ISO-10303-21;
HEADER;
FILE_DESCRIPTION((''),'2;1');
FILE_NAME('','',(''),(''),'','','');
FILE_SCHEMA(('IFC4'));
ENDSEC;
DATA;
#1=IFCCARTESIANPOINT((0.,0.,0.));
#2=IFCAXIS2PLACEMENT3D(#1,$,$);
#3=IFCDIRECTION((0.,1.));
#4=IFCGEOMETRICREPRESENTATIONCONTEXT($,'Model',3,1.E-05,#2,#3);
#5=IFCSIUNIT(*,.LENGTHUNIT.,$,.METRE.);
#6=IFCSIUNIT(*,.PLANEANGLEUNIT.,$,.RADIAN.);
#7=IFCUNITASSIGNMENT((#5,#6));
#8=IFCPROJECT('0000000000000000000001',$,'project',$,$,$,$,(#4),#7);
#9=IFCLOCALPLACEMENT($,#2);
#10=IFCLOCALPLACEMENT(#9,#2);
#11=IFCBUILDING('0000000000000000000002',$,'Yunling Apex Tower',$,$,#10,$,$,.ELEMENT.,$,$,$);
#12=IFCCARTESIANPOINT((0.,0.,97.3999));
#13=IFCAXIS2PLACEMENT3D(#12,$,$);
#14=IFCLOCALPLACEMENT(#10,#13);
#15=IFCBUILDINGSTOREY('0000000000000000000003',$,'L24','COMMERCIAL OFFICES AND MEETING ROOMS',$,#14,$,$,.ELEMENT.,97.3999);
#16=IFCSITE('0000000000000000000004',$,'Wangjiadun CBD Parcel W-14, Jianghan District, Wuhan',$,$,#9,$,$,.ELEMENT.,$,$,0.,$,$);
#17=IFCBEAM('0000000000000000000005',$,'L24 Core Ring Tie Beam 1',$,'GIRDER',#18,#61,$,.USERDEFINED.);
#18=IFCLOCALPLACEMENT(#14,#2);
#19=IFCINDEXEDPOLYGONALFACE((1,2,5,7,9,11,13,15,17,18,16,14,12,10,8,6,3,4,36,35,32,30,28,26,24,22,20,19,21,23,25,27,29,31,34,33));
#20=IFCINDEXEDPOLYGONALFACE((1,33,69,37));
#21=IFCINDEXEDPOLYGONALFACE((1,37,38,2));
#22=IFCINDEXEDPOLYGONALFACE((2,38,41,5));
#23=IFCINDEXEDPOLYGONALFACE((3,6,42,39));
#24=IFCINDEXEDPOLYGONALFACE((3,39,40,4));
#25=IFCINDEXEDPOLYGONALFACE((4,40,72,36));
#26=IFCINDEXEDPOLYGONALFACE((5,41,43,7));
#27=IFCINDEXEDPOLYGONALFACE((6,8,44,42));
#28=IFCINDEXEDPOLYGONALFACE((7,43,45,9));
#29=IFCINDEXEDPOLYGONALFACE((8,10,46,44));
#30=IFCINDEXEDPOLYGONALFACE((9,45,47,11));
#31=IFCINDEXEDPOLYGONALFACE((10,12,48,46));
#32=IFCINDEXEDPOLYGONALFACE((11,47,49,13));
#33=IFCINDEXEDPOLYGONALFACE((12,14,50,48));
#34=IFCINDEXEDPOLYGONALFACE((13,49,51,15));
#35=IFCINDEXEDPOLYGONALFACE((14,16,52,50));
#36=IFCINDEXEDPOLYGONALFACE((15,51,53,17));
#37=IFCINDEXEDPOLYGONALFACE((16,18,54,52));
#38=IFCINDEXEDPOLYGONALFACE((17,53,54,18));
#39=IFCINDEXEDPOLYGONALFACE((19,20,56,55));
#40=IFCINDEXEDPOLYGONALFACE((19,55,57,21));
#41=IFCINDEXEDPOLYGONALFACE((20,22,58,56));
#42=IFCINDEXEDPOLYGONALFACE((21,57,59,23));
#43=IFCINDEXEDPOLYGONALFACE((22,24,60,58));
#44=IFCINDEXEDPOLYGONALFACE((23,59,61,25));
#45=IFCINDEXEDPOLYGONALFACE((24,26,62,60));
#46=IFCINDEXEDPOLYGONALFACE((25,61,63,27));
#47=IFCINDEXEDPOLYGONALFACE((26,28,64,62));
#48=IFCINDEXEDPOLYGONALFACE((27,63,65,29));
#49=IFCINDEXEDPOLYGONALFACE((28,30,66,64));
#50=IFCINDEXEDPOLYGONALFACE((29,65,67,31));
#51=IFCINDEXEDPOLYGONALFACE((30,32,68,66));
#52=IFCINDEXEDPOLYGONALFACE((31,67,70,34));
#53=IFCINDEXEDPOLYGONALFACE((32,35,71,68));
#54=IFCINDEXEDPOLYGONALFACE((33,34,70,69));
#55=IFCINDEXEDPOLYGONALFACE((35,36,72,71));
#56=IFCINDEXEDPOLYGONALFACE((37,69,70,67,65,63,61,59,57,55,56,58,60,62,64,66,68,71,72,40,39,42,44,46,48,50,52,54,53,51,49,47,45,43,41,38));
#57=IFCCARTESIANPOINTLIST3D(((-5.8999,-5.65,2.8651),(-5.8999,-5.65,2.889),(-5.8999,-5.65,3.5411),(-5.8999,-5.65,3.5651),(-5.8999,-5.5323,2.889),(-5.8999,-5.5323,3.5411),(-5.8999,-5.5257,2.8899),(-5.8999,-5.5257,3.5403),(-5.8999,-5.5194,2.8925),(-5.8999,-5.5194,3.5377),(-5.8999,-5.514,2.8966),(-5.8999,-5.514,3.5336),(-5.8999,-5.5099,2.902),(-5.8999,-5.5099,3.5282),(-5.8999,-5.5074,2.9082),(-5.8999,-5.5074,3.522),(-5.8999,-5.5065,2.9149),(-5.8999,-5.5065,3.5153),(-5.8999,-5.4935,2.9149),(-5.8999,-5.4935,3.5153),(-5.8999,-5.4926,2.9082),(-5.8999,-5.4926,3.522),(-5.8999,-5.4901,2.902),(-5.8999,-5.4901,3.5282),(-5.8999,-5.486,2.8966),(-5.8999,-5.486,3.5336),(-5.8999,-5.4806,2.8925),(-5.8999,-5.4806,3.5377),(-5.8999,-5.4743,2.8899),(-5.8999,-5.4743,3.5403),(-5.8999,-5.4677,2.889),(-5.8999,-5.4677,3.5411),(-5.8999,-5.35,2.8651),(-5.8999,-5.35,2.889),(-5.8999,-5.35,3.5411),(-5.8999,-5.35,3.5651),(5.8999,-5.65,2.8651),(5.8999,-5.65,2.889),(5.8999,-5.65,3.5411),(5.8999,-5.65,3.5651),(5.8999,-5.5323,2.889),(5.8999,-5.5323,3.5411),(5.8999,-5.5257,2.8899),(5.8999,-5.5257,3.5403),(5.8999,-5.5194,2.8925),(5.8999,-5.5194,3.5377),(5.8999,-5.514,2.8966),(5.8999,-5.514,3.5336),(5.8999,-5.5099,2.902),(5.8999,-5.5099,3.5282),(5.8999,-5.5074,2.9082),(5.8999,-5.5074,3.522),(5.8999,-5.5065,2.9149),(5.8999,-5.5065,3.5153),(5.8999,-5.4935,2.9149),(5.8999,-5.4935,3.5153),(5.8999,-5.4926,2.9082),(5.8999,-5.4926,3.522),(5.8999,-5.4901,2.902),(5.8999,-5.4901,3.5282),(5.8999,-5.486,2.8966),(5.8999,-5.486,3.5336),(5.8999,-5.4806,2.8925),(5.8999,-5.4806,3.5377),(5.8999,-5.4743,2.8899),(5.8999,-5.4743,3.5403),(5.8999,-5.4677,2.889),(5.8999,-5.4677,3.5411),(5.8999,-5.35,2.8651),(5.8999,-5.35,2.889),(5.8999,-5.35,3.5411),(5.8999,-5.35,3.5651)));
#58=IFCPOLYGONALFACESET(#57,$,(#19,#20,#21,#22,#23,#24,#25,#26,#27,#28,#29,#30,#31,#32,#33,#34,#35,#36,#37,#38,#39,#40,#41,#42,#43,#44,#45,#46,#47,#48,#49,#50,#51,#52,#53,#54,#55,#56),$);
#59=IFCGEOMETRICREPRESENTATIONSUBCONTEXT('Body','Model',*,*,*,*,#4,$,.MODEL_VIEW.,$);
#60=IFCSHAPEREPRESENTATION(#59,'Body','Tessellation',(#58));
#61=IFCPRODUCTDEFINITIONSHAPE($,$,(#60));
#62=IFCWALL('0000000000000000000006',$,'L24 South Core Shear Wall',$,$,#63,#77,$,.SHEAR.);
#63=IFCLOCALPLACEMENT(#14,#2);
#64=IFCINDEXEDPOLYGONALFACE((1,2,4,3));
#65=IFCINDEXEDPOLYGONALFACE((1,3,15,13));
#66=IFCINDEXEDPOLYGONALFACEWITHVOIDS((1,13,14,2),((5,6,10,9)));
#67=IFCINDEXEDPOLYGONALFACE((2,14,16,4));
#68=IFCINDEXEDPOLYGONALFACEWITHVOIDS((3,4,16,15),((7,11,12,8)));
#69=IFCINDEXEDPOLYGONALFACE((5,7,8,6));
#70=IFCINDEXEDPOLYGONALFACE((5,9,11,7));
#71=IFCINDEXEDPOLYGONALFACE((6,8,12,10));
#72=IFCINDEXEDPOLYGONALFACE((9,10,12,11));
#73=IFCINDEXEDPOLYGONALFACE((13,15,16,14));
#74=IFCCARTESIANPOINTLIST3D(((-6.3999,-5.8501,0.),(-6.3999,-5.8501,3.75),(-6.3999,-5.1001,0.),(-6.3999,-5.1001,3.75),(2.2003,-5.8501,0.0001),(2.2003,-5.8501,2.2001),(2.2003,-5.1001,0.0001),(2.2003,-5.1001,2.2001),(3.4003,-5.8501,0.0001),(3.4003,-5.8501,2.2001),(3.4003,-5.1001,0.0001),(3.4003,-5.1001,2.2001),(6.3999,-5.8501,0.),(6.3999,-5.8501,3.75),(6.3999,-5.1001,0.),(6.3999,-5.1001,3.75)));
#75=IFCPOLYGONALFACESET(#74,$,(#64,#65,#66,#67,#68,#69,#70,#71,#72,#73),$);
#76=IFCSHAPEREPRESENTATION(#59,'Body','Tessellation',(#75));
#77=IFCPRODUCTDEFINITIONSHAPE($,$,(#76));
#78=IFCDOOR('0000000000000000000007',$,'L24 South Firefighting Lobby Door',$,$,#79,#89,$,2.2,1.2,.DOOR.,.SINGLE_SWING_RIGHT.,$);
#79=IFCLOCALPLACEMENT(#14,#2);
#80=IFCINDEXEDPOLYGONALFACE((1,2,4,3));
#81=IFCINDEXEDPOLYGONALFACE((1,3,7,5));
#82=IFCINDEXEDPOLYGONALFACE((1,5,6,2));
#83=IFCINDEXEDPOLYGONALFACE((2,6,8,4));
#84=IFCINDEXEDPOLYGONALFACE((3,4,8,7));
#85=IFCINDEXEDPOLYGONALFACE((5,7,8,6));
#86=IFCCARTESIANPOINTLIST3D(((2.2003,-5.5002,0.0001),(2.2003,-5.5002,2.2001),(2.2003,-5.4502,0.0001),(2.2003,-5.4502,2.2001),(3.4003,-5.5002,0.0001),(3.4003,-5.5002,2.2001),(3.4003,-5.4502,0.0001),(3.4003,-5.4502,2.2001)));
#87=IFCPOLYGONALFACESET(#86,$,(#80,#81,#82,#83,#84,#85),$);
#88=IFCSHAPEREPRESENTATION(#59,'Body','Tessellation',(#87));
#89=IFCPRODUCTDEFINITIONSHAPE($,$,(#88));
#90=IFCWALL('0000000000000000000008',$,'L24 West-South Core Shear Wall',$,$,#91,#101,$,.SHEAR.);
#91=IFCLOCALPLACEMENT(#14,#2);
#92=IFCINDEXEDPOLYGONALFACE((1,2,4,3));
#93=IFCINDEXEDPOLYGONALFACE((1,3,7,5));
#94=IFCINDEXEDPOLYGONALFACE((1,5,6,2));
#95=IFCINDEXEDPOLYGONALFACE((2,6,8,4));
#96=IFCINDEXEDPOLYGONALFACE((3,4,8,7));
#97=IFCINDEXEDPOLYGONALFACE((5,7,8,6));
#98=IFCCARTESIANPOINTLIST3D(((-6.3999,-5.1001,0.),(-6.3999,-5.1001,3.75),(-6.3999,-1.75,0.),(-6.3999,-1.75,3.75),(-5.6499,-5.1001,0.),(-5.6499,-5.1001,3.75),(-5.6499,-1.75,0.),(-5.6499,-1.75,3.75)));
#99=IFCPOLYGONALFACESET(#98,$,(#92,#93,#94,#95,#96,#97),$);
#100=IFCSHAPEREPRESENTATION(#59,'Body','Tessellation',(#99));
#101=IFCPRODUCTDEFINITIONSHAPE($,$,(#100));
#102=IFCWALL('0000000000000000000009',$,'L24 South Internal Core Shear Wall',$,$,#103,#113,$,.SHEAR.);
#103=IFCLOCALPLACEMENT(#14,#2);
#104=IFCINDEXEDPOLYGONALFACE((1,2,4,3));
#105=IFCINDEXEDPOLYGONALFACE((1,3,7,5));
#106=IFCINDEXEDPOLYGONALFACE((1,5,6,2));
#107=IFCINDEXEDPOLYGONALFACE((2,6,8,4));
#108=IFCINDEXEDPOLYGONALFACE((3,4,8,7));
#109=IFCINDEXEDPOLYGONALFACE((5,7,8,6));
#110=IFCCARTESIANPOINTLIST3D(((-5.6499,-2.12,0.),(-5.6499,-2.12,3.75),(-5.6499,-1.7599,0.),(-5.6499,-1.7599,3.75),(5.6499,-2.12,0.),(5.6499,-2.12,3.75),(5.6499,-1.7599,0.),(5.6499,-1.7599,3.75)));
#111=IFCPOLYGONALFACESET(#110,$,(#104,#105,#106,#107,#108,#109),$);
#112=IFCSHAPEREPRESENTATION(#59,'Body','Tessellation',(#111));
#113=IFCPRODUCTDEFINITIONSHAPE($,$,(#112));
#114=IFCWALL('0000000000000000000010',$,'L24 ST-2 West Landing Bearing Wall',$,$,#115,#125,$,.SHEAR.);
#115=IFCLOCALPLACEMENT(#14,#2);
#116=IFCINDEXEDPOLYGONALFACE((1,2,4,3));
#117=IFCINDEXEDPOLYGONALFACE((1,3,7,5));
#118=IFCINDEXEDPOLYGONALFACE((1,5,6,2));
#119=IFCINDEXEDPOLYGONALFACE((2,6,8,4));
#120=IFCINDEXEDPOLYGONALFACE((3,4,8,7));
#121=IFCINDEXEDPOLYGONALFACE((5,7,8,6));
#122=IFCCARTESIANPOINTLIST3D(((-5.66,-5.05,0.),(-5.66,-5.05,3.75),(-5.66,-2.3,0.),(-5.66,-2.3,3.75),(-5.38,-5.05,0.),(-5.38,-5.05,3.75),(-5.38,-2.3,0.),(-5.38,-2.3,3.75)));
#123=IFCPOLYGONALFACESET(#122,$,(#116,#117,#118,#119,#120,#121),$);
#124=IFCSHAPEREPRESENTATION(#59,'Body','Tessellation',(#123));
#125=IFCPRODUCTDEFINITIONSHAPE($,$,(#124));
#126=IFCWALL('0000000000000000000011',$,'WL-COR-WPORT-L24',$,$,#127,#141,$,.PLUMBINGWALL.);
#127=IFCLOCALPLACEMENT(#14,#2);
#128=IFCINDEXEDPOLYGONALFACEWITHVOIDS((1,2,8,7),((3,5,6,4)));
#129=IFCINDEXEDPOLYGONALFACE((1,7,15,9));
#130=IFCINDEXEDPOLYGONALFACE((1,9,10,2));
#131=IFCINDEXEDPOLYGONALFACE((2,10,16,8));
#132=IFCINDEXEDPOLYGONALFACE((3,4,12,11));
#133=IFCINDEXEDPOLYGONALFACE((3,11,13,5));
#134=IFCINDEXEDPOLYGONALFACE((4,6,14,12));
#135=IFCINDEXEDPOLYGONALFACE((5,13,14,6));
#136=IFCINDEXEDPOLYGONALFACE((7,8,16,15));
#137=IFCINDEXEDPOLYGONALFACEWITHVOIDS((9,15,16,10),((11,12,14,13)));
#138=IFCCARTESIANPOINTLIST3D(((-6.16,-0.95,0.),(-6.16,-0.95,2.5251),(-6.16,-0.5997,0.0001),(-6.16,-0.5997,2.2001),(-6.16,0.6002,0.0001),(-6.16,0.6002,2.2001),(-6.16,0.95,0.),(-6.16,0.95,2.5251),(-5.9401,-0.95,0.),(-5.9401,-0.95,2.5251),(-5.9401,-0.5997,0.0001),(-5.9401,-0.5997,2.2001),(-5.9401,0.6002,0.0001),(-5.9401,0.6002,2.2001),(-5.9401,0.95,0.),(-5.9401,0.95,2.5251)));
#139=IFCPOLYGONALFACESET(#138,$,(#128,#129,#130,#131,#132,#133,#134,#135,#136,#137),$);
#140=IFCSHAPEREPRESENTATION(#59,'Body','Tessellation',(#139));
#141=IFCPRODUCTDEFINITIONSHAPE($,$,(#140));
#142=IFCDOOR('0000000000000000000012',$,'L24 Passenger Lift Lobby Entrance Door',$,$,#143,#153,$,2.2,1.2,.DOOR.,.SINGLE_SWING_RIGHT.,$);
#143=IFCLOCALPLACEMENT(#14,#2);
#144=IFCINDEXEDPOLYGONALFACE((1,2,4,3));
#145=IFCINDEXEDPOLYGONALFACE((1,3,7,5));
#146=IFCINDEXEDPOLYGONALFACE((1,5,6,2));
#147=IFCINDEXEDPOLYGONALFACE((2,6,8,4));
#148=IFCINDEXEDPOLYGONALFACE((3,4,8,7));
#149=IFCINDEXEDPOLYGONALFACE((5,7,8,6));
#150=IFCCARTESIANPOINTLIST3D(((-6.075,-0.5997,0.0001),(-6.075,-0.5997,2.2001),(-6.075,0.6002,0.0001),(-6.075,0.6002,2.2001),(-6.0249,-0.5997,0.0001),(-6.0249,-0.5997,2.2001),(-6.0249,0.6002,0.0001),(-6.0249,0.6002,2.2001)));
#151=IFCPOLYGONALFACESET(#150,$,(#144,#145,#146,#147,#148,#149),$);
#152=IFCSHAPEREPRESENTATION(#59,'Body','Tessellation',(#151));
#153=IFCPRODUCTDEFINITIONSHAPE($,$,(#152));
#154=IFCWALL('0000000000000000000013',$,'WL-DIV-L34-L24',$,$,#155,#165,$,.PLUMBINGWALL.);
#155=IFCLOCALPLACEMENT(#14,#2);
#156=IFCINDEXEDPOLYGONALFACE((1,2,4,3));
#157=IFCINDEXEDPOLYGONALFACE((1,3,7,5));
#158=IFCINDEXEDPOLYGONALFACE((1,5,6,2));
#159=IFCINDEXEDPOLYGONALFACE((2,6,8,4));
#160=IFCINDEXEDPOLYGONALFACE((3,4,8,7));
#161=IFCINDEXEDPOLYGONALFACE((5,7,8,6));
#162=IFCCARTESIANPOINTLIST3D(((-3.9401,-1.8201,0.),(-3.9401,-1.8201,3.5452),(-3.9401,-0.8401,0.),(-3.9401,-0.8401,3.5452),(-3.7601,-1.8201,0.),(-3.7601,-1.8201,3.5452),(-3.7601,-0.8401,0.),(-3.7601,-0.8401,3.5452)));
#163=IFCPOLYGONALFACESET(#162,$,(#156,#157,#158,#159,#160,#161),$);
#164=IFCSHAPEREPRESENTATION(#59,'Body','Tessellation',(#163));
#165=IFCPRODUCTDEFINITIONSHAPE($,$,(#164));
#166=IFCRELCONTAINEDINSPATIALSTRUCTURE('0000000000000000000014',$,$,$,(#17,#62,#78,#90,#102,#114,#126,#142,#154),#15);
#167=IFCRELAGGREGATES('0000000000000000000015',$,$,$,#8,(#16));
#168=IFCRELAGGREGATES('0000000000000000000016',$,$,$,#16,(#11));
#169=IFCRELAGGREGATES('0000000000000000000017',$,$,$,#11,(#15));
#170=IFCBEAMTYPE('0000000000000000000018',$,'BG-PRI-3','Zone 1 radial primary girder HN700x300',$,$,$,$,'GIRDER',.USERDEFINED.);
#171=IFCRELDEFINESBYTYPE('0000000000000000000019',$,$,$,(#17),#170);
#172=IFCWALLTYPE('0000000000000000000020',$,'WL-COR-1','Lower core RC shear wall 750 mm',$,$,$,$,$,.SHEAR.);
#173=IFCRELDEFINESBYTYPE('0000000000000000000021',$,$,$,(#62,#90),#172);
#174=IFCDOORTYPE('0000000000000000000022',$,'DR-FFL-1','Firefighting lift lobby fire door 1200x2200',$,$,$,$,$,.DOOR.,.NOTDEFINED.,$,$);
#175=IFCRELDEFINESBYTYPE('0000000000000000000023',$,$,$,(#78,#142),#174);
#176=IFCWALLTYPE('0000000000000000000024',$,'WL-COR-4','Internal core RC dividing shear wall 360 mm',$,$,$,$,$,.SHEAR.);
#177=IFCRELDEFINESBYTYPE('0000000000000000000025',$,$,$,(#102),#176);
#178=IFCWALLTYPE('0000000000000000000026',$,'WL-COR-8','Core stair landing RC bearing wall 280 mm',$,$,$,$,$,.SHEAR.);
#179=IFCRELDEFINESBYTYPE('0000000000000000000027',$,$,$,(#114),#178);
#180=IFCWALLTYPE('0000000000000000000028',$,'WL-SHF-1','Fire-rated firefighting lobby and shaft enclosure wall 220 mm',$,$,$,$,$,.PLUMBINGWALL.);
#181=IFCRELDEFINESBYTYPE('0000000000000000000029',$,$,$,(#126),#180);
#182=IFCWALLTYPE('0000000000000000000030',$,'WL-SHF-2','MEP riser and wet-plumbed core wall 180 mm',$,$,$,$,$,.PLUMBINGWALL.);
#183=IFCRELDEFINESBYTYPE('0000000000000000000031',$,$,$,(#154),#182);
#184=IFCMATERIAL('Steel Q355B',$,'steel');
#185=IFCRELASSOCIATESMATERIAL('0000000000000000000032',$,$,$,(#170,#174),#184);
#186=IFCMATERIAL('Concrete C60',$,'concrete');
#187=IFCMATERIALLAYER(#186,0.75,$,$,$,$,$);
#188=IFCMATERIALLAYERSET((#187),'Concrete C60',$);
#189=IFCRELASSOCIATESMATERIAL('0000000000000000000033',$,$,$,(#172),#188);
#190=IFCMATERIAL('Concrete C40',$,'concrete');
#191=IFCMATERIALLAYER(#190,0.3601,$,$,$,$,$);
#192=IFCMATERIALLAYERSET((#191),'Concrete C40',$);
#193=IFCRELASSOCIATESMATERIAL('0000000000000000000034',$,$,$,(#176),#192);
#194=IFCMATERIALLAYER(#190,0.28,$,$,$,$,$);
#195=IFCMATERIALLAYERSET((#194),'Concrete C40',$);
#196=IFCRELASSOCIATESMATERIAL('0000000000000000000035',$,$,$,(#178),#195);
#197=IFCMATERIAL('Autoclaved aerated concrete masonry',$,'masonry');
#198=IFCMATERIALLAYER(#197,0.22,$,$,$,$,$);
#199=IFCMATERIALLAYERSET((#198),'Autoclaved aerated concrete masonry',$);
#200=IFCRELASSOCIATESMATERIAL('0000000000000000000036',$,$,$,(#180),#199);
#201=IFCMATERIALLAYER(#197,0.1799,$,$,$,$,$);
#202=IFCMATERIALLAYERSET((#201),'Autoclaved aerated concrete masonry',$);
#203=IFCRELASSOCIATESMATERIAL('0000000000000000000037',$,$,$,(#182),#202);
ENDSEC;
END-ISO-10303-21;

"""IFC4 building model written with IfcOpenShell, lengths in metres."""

from ifc_helpers import new_model, si_unit, direction, frame, frame_2d, origin, origin_2d, place, context, subcontext, project, spatial, rectangle, i_section, extrude, source, transform, mapped, material, layer, layer_set, material_profile, profile_set, type_object, element, fill, save


model = new_model("IFC4")

# Units and contexts
model_context = context("Model", 3, precision=1e-05, world=origin(), true_north=direction((0.0, 1.0)))
body_context = subcontext(model_context, "Body", "Model", "MODEL_VIEW")
ifc_project = project(units=[si_unit("LENGTHUNIT", "METRE"), si_unit("PLANEANGLEUNIT", "RADIAN")], contexts=[model_context])

# Site, building, storey
site_placement = place(None, origin())
site = spatial("IfcSite", under=ifc_project, at=site_placement, Name="Wangjiadun CBD Parcel W-14, Jianghan District, Wuhan", CompositionType="ELEMENT", RefElevation=0.0)
building_placement = place(site_placement, origin())
building = spatial("IfcBuilding", under=site, at=building_placement, Name="Yunling Apex Tower", CompositionType="ELEMENT")
storey_placement = place(building_placement, frame((0.0, 0.0, 97.3999)))
storey = spatial("IfcBuildingStorey", under=building, at=storey_placement, Name="L24", Description="COMMERCIAL OFFICES AND MEETING ROOMS", CompositionType="ELEMENT", Elevation=97.3999)

# Shared definitions
ifc_material_1 = material(Name="Concrete C60", Category="concrete")

# Beam
ifc_material_2 = material(Name="Steel Q355B", Category="steel")
ifc_material_profile_1 = material_profile(ifc_material_2, i_section(OverallWidth=0.3, OverallDepth=0.7, WebThickness=0.0129, FlangeThickness=0.0239, FilletRadius=0.0259, at=origin_2d()))
ifc_profile_set_1 = profile_set([ifc_material_profile_1], Name="Steel Q355B")
beam_type_1 = type_object("IfcBeamType", Name="BG-PRI-3", Description="Zone 1 radial primary girder HN700x300", ElementType="GIRDER", PredefinedType="USERDEFINED", material=ifc_profile_set_1)
shared_shape_1 = source(origin(), body_context, "Body", "SweptSolid", [
    extrude(i_section(OverallWidth=0.3, OverallDepth=0.7, WebThickness=0.0129, FlangeThickness=0.0239, FilletRadius=0.0259, at=origin_2d()), origin(), (0.0, 0.0, 1.0), 11.7998),
])
beam_1_placement = place(storey_placement, frame((-5.8999, -5.5, 3.2151), z_axis=(1.0, 0.0, 0.0), x_axis=(0.0, 1.0, 0.0)))
element("IfcBeam", 1, at=beam_1_placement, inside=storey, type_object=beam_type_1, Name="L24 Core Ring Tie Beam 1", ObjectType="GIRDER", PredefinedType="USERDEFINED", context=body_context, shape_type="MappedRepresentation", body=[
    mapped(shared_shape_1, transform((0.0, 0.0, 0.0), scale=1.0)),
])

# Wall, opening, door
ifc_layer_1 = layer(ifc_material_1, 0.75)
ifc_layer_set_1 = layer_set([ifc_layer_1], Name="Concrete C60")
wall_type_1 = type_object("IfcWallType", Name="WL-COR-1", Description="Lower core RC shear wall 750 mm", PredefinedType="SHEAR", material=ifc_layer_set_1)
wall_1_placement = place(storey_placement, frame((-6.3999, -5.4751, 0.0), z_axis=(0.0, 0.0, 1.0), x_axis=(1.0, 0.0, 0.0)))
wall_1 = element("IfcWall", 2, at=wall_1_placement, inside=storey, type_object=wall_type_1, Name="L24 South Core Shear Wall", PredefinedType="SHEAR", context=body_context, shape_type="SweptSolid", body=[
    extrude(rectangle(XDim=12.7998, YDim=0.75, at=frame_2d((6.3999, 0.0))), origin(), (0.0, 0.0, 1.0), 3.75),
])
opening_1_placement = place(wall_1_placement, frame((8.6001, 0.0, 0.0)))
opening_1 = element("IfcOpeningElement", 3, at=opening_1_placement, cuts=wall_1, PredefinedType="OPENING", context=body_context, shape_type="SweptSolid", body=[
    extrude(rectangle(XDim=1.2, YDim=2.2, at=frame_2d((0.6001, 1.1001))), frame((0.0, 0.385, 0.0), z_axis=(0.0, -1.0, 0.0), x_axis=(1.0, 0.0, 0.0)), (0.0, 0.0, 1.0), 0.77),
])
door_type_1 = type_object("IfcDoorType", Name="DR-FFL-1", Description="Firefighting lift lobby fire door 1200x2200", OperationType="NOTDEFINED", PredefinedType="DOOR", material=ifc_material_2)
door_1_placement = place(opening_1_placement, origin())
door_1 = element("IfcDoor", 4, at=door_1_placement, inside=storey, type_object=door_type_1, Name="L24 South Firefighting Lobby Door", OperationType="SINGLE_SWING_RIGHT", OverallHeight=2.2, OverallWidth=1.2, PredefinedType="DOOR", context=body_context, shape_type="SweptSolid", body=[
    extrude(rectangle(XDim=1.2, YDim=2.2, at=frame_2d((0.6001, 1.1001))), frame((0.0, 0.0249, 0.0), z_axis=(0.0, -1.0, 0.0), x_axis=(1.0, 0.0, 0.0)), (0.0, 0.0, 1.0), 0.05),
])
fill(opening_1, door_1)

# Walls
wall_2_placement = place(storey_placement, frame((-6.0249, -5.1001, 0.0), z_axis=(0.0, 0.0, 1.0), x_axis=(0.0, 1.0, 0.0)))
element("IfcWall", 5, at=wall_2_placement, inside=storey, type_object=wall_type_1, Name="L24 West-South Core Shear Wall", PredefinedType="SHEAR", context=body_context, shape_type="SweptSolid", body=[
    extrude(rectangle(XDim=3.3501, YDim=0.75, at=frame_2d((1.675, 0.0))), origin(), (0.0, 0.0, 1.0), 3.75),
])
ifc_material_3 = material(Name="Concrete C40", Category="concrete")
ifc_layer_2 = layer(ifc_material_3, 0.3601)
ifc_layer_set_2 = layer_set([ifc_layer_2], Name="Concrete C40")
wall_type_2 = type_object("IfcWallType", Name="WL-COR-4", Description="Internal core RC dividing shear wall 360 mm", PredefinedType="SHEAR", material=ifc_layer_set_2)
wall_3_placement = place(storey_placement, frame((-5.6499, -1.9399, 0.0), z_axis=(0.0, 0.0, 1.0), x_axis=(1.0, 0.0, 0.0)))
element("IfcWall", 6, at=wall_3_placement, inside=storey, type_object=wall_type_2, Name="L24 South Internal Core Shear Wall", PredefinedType="SHEAR", context=body_context, shape_type="SweptSolid", body=[
    extrude(rectangle(XDim=11.2998, YDim=0.3601, at=frame_2d((5.6499, 0.0))), origin(), (0.0, 0.0, 1.0), 3.75),
])
ifc_layer_3 = layer(ifc_material_3, 0.28)
ifc_layer_set_3 = layer_set([ifc_layer_3], Name="Concrete C40")
wall_type_3 = type_object("IfcWallType", Name="WL-COR-8", Description="Core stair landing RC bearing wall 280 mm", PredefinedType="SHEAR", material=ifc_layer_set_3)
wall_4_placement = place(storey_placement, frame((-5.52, -5.05, 0.0), z_axis=(0.0, 0.0, 1.0), x_axis=(0.0, 1.0, 0.0)))
element("IfcWall", 7, at=wall_4_placement, inside=storey, type_object=wall_type_3, Name="L24 ST-2 West Landing Bearing Wall", PredefinedType="SHEAR", context=body_context, shape_type="SweptSolid", body=[
    extrude(rectangle(XDim=2.75, YDim=0.28, at=frame_2d((1.375, 0.0))), origin(), (0.0, 0.0, 1.0), 3.75),
])

# Wall, opening, door
ifc_material_4 = material(Name="Autoclaved aerated concrete masonry", Category="masonry")
ifc_layer_4 = layer(ifc_material_4, 0.22)
ifc_layer_set_4 = layer_set([ifc_layer_4], Name="Autoclaved aerated concrete masonry")
wall_type_4 = type_object("IfcWallType", Name="WL-SHF-1", Description="Fire-rated firefighting lobby and shaft enclosure wall 220 mm", PredefinedType="PLUMBINGWALL", material=ifc_layer_set_4)
wall_5_placement = place(storey_placement, frame((-6.05, -0.95, 0.0), z_axis=(0.0, 0.0, 1.0), x_axis=(0.0, 1.0, 0.0)))
wall_5 = element("IfcWall", 8, at=wall_5_placement, inside=storey, type_object=wall_type_4, Name="WL-COR-WPORT-L24", PredefinedType="PLUMBINGWALL", context=body_context, shape_type="SweptSolid", body=[
    extrude(rectangle(XDim=1.8999, YDim=0.22, at=frame_2d((0.95, 0.0))), origin(), (0.0, 0.0, 1.0), 2.5251),
])
opening_2_placement = place(wall_5_placement, frame((0.3501, 0.0, 0.0)))
opening_2 = element("IfcOpeningElement", 9, at=opening_2_placement, cuts=wall_5, PredefinedType="OPENING", context=body_context, shape_type="SweptSolid", body=[
    extrude(rectangle(XDim=1.2, YDim=2.2, at=frame_2d((0.6001, 1.1001))), frame((0.0, 0.1201, 0.0), z_axis=(0.0, -1.0, 0.0), x_axis=(1.0, 0.0, 0.0)), (0.0, 0.0, 1.0), 0.24),
])
door_2_placement = place(opening_2_placement, origin())
door_2 = element("IfcDoor", 10, at=door_2_placement, inside=storey, type_object=door_type_1, Name="L24 Passenger Lift Lobby Entrance Door", OperationType="SINGLE_SWING_RIGHT", OverallHeight=2.2, OverallWidth=1.2, PredefinedType="DOOR", context=body_context, shape_type="SweptSolid", body=[
    extrude(rectangle(XDim=1.2, YDim=2.2, at=frame_2d((0.6001, 1.1001))), frame((0.0, 0.0249, 0.0), z_axis=(0.0, -1.0, 0.0), x_axis=(1.0, 0.0, 0.0)), (0.0, 0.0, 1.0), 0.05),
])
fill(opening_2, door_2)

# Wall
ifc_layer_5 = layer(ifc_material_4, 0.1799)
ifc_layer_set_5 = layer_set([ifc_layer_5], Name="Autoclaved aerated concrete masonry")
wall_type_5 = type_object("IfcWallType", Name="WL-SHF-2", Description="MEP riser and wet-plumbed core wall 180 mm", PredefinedType="PLUMBINGWALL", material=ifc_layer_set_5)
wall_6_placement = place(storey_placement, frame((-3.8501, -1.8201, 0.0), z_axis=(0.0, 0.0, 1.0), x_axis=(0.0, 1.0, 0.0)))
element("IfcWall", 11, at=wall_6_placement, inside=storey, type_object=wall_type_5, Name="WL-DIV-L34-L24", PredefinedType="PLUMBINGWALL", context=body_context, shape_type="SweptSolid", body=[
    extrude(rectangle(XDim=0.98, YDim=0.1799, at=frame_2d((0.49, 0.0))), origin(), (0.0, 0.0, 1.0), 3.5452),
])

save(model, "model.ifc")
